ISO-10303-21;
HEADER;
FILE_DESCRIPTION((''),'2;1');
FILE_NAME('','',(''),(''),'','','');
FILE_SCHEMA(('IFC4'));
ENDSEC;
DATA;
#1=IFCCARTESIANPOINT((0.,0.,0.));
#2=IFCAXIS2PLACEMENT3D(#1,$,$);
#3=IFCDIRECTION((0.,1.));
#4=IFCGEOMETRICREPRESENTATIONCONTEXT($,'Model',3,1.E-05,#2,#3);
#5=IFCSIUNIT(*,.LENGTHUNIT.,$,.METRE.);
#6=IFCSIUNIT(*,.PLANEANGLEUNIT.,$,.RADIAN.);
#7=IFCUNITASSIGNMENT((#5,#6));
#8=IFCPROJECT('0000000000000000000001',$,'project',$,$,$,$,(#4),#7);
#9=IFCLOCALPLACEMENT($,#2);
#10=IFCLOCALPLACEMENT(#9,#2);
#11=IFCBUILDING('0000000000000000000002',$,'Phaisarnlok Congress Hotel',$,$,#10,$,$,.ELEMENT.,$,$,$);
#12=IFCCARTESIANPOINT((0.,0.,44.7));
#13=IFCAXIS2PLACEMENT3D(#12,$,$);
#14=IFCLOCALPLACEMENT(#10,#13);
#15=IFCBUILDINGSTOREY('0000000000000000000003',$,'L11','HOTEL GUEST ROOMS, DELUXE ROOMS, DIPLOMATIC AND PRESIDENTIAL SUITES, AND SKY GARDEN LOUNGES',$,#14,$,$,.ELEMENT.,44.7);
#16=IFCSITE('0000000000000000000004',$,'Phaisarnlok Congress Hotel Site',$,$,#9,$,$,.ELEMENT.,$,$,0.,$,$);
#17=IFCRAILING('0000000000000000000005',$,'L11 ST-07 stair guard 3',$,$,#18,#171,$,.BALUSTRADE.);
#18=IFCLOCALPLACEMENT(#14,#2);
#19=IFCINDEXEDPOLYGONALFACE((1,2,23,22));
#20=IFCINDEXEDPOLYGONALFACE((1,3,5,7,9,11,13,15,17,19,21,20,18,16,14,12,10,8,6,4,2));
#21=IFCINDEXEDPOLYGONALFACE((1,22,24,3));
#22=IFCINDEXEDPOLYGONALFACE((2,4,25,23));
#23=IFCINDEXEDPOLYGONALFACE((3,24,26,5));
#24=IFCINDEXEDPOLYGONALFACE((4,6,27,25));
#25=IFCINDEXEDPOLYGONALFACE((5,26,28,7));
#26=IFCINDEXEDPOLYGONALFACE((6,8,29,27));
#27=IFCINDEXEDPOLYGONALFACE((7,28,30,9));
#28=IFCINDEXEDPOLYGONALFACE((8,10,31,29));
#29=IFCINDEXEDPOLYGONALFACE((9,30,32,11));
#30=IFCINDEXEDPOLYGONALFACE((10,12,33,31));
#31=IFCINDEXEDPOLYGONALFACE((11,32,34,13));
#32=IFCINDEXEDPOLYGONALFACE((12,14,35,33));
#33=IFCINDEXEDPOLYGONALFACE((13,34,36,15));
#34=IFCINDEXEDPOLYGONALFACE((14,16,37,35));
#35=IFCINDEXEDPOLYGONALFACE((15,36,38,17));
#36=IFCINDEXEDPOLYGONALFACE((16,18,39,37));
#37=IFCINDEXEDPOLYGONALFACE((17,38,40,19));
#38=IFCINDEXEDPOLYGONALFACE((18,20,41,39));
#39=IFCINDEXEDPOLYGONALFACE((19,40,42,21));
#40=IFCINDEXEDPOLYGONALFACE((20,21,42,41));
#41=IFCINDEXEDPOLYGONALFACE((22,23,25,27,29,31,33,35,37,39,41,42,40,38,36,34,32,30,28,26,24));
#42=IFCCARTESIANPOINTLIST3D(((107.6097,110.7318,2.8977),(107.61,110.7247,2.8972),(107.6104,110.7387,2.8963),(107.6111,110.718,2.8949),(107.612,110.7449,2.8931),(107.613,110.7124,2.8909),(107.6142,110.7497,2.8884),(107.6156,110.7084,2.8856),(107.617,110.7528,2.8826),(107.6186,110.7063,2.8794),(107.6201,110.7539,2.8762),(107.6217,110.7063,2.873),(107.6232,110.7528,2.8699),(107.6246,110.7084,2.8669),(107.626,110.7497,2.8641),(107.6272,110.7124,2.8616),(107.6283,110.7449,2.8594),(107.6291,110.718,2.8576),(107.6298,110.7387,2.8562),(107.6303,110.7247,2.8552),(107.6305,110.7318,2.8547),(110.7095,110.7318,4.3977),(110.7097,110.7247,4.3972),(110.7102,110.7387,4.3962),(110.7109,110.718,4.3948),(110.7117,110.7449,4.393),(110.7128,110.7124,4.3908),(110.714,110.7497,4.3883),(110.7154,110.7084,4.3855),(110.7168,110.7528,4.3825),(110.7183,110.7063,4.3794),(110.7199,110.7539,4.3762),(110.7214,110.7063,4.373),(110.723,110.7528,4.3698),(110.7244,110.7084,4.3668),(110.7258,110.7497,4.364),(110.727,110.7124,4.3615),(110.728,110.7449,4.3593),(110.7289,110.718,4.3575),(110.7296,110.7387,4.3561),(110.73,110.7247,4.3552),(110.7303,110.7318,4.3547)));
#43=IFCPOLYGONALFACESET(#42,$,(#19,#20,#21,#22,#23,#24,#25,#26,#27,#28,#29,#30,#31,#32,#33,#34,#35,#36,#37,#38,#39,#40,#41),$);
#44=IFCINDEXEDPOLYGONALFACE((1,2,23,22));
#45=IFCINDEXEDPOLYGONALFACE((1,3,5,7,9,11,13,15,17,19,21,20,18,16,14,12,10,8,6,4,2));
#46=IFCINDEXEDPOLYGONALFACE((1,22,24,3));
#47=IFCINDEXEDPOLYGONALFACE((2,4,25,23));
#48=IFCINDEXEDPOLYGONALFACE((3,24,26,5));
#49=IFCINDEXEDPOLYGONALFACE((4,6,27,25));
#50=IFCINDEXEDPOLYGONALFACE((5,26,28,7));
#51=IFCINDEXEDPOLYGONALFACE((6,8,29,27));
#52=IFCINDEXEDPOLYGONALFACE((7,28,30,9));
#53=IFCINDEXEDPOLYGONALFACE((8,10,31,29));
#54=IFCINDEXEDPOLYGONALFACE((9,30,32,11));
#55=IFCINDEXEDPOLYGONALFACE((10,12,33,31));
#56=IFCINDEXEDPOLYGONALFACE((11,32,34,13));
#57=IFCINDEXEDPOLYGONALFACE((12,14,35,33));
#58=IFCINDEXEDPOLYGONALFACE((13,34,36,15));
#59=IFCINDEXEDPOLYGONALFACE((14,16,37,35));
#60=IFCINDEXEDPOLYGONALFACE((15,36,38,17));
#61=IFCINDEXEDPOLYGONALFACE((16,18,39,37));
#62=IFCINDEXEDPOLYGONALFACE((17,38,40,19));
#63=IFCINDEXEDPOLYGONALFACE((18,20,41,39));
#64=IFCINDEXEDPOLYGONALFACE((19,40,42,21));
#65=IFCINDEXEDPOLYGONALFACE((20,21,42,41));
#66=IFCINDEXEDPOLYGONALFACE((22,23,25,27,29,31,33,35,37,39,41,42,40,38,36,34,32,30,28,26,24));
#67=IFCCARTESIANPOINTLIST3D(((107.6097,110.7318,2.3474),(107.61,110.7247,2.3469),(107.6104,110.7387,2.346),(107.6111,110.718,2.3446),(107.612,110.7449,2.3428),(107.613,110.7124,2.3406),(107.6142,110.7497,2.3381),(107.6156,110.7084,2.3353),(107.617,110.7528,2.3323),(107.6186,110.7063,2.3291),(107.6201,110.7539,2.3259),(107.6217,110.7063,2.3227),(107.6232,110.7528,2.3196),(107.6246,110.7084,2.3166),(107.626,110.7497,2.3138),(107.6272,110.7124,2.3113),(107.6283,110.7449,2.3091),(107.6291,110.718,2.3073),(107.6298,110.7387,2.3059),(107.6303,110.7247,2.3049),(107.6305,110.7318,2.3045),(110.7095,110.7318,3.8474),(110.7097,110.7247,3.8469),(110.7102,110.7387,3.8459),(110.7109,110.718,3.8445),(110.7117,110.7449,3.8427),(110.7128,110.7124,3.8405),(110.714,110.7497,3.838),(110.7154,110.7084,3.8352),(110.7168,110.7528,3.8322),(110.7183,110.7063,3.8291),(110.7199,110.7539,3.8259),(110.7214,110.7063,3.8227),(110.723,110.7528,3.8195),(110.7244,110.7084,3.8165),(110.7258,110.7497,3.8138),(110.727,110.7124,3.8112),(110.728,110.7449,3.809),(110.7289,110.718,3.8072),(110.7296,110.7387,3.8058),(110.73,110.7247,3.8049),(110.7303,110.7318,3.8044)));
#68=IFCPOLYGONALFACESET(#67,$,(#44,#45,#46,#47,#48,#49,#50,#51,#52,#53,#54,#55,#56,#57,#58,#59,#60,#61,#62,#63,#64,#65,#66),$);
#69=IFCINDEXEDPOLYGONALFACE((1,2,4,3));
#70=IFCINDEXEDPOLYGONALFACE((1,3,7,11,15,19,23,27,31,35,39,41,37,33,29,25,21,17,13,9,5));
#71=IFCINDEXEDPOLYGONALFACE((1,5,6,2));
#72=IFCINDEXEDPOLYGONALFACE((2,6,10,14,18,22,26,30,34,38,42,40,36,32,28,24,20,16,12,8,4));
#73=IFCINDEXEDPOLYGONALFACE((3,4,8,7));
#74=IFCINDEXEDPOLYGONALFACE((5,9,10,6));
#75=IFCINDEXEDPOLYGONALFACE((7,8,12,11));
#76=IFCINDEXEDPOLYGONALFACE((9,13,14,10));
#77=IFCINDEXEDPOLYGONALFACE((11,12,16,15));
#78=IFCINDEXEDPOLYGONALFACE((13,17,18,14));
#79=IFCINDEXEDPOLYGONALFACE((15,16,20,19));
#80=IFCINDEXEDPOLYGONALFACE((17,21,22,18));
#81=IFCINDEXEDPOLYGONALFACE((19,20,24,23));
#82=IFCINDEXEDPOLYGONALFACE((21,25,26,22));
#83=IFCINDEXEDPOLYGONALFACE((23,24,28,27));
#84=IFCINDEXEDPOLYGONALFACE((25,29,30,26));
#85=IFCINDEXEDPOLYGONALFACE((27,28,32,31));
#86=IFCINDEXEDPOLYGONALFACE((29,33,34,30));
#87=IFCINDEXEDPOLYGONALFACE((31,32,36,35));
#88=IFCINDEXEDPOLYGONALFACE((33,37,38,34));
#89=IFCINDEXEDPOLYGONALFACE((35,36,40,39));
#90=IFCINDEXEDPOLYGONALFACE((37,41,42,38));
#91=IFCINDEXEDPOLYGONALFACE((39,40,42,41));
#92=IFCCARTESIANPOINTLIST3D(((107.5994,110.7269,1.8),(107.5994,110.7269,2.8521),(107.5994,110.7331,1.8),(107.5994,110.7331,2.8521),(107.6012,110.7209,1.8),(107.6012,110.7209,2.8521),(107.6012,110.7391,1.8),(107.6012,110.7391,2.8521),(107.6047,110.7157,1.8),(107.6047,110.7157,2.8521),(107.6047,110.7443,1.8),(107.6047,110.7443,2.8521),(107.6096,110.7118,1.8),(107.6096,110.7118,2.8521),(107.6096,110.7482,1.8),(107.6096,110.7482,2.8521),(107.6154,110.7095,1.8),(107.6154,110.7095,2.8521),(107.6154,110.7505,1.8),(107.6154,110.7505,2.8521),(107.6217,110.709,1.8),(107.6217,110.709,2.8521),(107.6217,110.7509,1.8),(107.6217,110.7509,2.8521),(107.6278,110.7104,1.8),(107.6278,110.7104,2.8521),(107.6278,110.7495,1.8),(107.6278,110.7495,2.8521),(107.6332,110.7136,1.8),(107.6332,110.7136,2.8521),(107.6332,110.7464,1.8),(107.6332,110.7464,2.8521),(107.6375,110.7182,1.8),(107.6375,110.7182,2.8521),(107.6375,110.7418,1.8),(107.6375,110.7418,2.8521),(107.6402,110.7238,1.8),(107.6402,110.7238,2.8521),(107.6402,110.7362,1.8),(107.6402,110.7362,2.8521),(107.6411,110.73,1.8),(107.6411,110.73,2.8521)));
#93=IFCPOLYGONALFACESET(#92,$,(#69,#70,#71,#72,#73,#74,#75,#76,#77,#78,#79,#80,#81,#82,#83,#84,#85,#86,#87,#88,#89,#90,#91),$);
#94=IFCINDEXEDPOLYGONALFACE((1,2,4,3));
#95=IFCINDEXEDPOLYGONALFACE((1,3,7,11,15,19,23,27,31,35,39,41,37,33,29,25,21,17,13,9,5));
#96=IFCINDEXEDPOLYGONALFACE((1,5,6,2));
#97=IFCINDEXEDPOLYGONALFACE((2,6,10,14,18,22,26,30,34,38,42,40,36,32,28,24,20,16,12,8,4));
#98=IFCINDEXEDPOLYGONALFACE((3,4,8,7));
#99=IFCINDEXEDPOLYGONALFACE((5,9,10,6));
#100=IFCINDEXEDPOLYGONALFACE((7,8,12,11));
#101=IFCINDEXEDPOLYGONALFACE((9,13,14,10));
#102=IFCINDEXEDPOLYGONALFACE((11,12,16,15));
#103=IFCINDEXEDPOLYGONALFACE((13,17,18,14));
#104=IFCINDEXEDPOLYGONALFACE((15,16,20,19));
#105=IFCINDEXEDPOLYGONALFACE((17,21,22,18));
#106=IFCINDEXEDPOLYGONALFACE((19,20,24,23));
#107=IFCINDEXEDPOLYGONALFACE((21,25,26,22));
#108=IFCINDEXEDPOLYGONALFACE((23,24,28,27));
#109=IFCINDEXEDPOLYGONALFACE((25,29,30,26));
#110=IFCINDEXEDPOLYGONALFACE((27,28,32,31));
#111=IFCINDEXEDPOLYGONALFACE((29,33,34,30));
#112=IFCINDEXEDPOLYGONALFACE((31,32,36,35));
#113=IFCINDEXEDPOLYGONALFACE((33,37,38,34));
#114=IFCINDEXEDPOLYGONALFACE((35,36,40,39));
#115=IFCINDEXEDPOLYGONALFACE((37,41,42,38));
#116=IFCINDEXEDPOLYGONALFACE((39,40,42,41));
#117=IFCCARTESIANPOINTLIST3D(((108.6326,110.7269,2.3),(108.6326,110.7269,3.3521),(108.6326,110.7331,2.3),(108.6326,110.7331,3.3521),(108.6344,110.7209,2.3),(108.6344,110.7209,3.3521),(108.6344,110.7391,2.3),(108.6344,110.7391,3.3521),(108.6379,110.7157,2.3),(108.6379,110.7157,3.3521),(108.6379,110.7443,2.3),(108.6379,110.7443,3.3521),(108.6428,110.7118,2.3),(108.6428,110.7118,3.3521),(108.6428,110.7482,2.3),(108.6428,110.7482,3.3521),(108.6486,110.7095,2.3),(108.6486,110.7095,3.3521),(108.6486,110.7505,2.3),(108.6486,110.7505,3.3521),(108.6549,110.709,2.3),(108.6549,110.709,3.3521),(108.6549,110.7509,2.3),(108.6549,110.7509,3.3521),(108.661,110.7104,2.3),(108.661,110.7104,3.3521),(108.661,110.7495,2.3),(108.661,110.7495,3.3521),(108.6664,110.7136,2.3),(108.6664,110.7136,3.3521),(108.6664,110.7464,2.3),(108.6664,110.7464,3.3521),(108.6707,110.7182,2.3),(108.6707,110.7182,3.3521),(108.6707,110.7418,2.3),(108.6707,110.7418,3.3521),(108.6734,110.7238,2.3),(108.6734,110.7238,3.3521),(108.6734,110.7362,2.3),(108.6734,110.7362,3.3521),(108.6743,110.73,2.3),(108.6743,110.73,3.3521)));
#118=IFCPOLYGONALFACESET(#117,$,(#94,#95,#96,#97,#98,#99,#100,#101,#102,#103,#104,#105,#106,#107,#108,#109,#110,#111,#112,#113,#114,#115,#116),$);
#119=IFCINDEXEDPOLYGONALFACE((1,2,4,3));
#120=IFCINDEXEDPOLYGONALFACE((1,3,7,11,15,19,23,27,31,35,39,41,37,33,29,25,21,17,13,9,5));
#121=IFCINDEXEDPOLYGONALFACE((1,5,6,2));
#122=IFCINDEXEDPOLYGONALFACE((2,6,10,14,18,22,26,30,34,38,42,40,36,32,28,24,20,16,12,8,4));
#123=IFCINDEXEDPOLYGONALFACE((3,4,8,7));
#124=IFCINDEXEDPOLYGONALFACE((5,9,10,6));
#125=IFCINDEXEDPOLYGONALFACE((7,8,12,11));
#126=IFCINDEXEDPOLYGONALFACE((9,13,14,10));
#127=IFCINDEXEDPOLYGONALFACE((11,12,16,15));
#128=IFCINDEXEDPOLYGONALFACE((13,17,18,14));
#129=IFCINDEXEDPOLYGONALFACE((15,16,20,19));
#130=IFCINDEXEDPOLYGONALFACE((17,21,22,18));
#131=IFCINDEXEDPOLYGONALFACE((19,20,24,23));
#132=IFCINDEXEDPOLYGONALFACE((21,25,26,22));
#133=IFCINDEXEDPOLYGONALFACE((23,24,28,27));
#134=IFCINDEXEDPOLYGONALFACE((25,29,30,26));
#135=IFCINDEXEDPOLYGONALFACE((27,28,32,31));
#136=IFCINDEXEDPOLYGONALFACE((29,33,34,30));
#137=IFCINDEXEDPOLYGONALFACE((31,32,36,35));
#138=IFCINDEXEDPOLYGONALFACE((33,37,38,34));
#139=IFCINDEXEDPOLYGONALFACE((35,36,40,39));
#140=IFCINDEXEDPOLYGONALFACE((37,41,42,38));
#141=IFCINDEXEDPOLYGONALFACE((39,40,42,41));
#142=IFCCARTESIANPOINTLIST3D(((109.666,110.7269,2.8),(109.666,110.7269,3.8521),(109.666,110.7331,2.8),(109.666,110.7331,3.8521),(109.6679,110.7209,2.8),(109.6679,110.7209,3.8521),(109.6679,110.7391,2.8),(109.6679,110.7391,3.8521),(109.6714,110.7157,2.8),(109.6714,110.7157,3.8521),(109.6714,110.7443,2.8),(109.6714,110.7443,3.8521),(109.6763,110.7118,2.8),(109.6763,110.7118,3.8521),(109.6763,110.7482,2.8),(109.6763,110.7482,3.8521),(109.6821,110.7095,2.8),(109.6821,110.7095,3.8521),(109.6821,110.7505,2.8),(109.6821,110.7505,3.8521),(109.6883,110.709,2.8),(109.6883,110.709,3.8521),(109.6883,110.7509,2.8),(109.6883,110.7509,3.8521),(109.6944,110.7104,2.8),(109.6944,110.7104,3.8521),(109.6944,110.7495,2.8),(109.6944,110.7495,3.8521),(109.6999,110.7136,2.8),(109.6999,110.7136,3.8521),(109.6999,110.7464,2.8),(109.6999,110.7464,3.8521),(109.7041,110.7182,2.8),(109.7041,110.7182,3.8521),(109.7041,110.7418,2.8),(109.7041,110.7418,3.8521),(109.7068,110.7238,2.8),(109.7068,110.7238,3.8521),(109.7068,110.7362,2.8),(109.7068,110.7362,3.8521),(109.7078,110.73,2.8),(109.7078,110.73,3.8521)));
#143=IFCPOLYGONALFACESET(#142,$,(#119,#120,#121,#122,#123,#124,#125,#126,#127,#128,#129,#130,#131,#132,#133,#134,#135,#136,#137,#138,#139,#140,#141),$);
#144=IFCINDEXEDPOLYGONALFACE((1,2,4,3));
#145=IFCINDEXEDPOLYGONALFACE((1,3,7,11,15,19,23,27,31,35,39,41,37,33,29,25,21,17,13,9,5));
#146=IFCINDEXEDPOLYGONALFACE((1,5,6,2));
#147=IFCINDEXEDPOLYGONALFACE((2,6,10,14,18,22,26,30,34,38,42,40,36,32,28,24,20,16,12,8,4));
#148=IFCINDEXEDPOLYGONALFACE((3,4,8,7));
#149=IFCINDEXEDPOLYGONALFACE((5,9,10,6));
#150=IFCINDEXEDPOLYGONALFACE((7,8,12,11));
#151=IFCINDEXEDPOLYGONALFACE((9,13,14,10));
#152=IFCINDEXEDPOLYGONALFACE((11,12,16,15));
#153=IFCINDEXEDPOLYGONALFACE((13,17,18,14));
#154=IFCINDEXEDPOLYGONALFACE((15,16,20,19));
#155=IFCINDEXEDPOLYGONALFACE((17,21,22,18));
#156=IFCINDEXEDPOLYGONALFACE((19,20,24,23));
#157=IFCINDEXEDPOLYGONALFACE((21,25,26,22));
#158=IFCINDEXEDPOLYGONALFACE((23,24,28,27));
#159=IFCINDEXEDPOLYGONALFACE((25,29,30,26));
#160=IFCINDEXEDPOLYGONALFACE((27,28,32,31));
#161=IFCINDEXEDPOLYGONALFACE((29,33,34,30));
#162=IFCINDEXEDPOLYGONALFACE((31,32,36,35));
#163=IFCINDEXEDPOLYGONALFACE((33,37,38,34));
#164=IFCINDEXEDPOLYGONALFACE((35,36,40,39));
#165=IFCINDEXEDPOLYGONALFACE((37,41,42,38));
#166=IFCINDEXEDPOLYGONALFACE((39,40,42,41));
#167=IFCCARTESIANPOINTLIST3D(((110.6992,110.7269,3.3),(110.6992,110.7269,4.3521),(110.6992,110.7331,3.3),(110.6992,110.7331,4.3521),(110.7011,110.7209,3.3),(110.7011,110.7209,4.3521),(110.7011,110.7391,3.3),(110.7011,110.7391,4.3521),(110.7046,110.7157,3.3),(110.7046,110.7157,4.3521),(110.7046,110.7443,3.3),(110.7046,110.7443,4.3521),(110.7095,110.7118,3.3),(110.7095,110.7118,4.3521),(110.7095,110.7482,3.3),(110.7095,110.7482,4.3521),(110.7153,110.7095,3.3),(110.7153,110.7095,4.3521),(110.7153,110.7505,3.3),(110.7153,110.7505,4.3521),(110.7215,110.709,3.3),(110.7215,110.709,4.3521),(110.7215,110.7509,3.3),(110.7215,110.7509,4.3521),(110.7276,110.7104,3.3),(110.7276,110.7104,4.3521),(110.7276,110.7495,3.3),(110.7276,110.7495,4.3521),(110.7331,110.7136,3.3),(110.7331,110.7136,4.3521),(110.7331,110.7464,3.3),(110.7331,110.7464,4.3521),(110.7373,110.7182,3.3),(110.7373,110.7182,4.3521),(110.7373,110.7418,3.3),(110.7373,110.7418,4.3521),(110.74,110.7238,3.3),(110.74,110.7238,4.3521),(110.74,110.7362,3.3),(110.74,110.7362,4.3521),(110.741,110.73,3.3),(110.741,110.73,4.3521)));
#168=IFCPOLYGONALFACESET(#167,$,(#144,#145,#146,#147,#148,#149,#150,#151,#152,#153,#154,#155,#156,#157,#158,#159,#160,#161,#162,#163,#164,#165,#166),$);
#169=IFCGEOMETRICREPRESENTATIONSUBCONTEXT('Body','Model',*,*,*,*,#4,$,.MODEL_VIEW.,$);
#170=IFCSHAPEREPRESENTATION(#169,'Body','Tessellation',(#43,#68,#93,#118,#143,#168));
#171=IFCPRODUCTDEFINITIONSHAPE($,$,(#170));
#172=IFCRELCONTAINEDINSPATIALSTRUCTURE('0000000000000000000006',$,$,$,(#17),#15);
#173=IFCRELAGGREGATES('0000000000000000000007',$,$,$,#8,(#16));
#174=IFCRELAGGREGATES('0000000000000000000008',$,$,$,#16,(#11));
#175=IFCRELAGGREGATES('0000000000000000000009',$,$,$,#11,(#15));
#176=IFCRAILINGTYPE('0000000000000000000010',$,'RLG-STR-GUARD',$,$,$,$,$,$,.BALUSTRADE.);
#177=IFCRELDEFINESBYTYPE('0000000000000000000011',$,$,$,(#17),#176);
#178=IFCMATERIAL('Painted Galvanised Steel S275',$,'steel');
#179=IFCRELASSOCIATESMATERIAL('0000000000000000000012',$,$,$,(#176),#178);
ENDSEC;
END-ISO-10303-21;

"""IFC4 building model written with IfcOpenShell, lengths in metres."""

from ifc_helpers import new_model, si_unit, direction, frame, origin, origin_2d, place, context, subcontext, project, spatial, circle, extrude, material, type_object, element, save


model = new_model("IFC4")

# Units and contexts
model_context = context("Model", 3, precision=1e-05, world=origin(), true_north=direction((0.0, 1.0)))
body_context = subcontext(model_context, "Body", "Model", "MODEL_VIEW")
ifc_project = project(units=[si_unit("LENGTHUNIT", "METRE"), si_unit("PLANEANGLEUNIT", "RADIAN")], contexts=[model_context])

# Site, building, storey
site_placement = place(None, origin())
site = spatial("IfcSite", under=ifc_project, at=site_placement, Name="Phaisarnlok Congress Hotel Site", CompositionType="ELEMENT", RefElevation=0.0)
building_placement = place(site_placement, origin())
building = spatial("IfcBuilding", under=site, at=building_placement, Name="Phaisarnlok Congress Hotel", CompositionType="ELEMENT")
storey_placement = place(building_placement, frame((0.0, 0.0, 44.7)))
storey = spatial("IfcBuildingStorey", under=building, at=storey_placement, Name="L11", Description="HOTEL GUEST ROOMS, DELUXE ROOMS, DIPLOMATIC AND PRESIDENTIAL SUITES, AND SKY GARDEN LOUNGES", CompositionType="ELEMENT", Elevation=44.7)

# Railing
ifc_material_1 = material(Name="Painted Galvanised Steel S275", Category="steel")
railing_type_1 = type_object("IfcRailingType", Name="RLG-STR-GUARD", PredefinedType="BALUSTRADE", material=ifc_material_1)
railing_1_placement = place(storey_placement, frame((107.6201, 110.73, 1.8)))
element("IfcRailing", 1, at=railing_1_placement, inside=storey, type_object=railing_type_1, Name="L11 ST-07 stair guard 3", PredefinedType="BALUSTRADE", context=body_context, shape_type="SweptSolid", body=[
    extrude(circle(Radius=0.0239, at=origin_2d()), frame((0.0, 0.0, 1.0762), z_axis=(0.900151, 0.0, 0.435578), x_axis=(0.0, 1.0, 0.0)), (0.0, 0.0, 1.0), 3.4436),
    extrude(circle(Radius=0.0239, at=origin_2d()), frame((0.0, 0.0, 0.5259), z_axis=(0.900151, 0.0, 0.435578), x_axis=(0.0, 1.0, 0.0)), (0.0, 0.0, 1.0), 3.4436),
    extrude(circle(Radius=0.021, at=origin_2d()), origin(), (0.0, 0.0, 1.0), 1.052),
    extrude(circle(Radius=0.021, at=origin_2d()), frame((1.0332, 0.0, 0.5)), (0.0, 0.0, 1.0), 1.052),
    extrude(circle(Radius=0.021, at=origin_2d()), frame((2.0667, 0.0, 1.0)), (0.0, 0.0, 1.0), 1.052),
    extrude(circle(Radius=0.021, at=origin_2d()), frame((3.0999, 0.0, 1.5)), (0.0, 0.0, 1.0), 1.052),
])

save(model, "model.ifc")
